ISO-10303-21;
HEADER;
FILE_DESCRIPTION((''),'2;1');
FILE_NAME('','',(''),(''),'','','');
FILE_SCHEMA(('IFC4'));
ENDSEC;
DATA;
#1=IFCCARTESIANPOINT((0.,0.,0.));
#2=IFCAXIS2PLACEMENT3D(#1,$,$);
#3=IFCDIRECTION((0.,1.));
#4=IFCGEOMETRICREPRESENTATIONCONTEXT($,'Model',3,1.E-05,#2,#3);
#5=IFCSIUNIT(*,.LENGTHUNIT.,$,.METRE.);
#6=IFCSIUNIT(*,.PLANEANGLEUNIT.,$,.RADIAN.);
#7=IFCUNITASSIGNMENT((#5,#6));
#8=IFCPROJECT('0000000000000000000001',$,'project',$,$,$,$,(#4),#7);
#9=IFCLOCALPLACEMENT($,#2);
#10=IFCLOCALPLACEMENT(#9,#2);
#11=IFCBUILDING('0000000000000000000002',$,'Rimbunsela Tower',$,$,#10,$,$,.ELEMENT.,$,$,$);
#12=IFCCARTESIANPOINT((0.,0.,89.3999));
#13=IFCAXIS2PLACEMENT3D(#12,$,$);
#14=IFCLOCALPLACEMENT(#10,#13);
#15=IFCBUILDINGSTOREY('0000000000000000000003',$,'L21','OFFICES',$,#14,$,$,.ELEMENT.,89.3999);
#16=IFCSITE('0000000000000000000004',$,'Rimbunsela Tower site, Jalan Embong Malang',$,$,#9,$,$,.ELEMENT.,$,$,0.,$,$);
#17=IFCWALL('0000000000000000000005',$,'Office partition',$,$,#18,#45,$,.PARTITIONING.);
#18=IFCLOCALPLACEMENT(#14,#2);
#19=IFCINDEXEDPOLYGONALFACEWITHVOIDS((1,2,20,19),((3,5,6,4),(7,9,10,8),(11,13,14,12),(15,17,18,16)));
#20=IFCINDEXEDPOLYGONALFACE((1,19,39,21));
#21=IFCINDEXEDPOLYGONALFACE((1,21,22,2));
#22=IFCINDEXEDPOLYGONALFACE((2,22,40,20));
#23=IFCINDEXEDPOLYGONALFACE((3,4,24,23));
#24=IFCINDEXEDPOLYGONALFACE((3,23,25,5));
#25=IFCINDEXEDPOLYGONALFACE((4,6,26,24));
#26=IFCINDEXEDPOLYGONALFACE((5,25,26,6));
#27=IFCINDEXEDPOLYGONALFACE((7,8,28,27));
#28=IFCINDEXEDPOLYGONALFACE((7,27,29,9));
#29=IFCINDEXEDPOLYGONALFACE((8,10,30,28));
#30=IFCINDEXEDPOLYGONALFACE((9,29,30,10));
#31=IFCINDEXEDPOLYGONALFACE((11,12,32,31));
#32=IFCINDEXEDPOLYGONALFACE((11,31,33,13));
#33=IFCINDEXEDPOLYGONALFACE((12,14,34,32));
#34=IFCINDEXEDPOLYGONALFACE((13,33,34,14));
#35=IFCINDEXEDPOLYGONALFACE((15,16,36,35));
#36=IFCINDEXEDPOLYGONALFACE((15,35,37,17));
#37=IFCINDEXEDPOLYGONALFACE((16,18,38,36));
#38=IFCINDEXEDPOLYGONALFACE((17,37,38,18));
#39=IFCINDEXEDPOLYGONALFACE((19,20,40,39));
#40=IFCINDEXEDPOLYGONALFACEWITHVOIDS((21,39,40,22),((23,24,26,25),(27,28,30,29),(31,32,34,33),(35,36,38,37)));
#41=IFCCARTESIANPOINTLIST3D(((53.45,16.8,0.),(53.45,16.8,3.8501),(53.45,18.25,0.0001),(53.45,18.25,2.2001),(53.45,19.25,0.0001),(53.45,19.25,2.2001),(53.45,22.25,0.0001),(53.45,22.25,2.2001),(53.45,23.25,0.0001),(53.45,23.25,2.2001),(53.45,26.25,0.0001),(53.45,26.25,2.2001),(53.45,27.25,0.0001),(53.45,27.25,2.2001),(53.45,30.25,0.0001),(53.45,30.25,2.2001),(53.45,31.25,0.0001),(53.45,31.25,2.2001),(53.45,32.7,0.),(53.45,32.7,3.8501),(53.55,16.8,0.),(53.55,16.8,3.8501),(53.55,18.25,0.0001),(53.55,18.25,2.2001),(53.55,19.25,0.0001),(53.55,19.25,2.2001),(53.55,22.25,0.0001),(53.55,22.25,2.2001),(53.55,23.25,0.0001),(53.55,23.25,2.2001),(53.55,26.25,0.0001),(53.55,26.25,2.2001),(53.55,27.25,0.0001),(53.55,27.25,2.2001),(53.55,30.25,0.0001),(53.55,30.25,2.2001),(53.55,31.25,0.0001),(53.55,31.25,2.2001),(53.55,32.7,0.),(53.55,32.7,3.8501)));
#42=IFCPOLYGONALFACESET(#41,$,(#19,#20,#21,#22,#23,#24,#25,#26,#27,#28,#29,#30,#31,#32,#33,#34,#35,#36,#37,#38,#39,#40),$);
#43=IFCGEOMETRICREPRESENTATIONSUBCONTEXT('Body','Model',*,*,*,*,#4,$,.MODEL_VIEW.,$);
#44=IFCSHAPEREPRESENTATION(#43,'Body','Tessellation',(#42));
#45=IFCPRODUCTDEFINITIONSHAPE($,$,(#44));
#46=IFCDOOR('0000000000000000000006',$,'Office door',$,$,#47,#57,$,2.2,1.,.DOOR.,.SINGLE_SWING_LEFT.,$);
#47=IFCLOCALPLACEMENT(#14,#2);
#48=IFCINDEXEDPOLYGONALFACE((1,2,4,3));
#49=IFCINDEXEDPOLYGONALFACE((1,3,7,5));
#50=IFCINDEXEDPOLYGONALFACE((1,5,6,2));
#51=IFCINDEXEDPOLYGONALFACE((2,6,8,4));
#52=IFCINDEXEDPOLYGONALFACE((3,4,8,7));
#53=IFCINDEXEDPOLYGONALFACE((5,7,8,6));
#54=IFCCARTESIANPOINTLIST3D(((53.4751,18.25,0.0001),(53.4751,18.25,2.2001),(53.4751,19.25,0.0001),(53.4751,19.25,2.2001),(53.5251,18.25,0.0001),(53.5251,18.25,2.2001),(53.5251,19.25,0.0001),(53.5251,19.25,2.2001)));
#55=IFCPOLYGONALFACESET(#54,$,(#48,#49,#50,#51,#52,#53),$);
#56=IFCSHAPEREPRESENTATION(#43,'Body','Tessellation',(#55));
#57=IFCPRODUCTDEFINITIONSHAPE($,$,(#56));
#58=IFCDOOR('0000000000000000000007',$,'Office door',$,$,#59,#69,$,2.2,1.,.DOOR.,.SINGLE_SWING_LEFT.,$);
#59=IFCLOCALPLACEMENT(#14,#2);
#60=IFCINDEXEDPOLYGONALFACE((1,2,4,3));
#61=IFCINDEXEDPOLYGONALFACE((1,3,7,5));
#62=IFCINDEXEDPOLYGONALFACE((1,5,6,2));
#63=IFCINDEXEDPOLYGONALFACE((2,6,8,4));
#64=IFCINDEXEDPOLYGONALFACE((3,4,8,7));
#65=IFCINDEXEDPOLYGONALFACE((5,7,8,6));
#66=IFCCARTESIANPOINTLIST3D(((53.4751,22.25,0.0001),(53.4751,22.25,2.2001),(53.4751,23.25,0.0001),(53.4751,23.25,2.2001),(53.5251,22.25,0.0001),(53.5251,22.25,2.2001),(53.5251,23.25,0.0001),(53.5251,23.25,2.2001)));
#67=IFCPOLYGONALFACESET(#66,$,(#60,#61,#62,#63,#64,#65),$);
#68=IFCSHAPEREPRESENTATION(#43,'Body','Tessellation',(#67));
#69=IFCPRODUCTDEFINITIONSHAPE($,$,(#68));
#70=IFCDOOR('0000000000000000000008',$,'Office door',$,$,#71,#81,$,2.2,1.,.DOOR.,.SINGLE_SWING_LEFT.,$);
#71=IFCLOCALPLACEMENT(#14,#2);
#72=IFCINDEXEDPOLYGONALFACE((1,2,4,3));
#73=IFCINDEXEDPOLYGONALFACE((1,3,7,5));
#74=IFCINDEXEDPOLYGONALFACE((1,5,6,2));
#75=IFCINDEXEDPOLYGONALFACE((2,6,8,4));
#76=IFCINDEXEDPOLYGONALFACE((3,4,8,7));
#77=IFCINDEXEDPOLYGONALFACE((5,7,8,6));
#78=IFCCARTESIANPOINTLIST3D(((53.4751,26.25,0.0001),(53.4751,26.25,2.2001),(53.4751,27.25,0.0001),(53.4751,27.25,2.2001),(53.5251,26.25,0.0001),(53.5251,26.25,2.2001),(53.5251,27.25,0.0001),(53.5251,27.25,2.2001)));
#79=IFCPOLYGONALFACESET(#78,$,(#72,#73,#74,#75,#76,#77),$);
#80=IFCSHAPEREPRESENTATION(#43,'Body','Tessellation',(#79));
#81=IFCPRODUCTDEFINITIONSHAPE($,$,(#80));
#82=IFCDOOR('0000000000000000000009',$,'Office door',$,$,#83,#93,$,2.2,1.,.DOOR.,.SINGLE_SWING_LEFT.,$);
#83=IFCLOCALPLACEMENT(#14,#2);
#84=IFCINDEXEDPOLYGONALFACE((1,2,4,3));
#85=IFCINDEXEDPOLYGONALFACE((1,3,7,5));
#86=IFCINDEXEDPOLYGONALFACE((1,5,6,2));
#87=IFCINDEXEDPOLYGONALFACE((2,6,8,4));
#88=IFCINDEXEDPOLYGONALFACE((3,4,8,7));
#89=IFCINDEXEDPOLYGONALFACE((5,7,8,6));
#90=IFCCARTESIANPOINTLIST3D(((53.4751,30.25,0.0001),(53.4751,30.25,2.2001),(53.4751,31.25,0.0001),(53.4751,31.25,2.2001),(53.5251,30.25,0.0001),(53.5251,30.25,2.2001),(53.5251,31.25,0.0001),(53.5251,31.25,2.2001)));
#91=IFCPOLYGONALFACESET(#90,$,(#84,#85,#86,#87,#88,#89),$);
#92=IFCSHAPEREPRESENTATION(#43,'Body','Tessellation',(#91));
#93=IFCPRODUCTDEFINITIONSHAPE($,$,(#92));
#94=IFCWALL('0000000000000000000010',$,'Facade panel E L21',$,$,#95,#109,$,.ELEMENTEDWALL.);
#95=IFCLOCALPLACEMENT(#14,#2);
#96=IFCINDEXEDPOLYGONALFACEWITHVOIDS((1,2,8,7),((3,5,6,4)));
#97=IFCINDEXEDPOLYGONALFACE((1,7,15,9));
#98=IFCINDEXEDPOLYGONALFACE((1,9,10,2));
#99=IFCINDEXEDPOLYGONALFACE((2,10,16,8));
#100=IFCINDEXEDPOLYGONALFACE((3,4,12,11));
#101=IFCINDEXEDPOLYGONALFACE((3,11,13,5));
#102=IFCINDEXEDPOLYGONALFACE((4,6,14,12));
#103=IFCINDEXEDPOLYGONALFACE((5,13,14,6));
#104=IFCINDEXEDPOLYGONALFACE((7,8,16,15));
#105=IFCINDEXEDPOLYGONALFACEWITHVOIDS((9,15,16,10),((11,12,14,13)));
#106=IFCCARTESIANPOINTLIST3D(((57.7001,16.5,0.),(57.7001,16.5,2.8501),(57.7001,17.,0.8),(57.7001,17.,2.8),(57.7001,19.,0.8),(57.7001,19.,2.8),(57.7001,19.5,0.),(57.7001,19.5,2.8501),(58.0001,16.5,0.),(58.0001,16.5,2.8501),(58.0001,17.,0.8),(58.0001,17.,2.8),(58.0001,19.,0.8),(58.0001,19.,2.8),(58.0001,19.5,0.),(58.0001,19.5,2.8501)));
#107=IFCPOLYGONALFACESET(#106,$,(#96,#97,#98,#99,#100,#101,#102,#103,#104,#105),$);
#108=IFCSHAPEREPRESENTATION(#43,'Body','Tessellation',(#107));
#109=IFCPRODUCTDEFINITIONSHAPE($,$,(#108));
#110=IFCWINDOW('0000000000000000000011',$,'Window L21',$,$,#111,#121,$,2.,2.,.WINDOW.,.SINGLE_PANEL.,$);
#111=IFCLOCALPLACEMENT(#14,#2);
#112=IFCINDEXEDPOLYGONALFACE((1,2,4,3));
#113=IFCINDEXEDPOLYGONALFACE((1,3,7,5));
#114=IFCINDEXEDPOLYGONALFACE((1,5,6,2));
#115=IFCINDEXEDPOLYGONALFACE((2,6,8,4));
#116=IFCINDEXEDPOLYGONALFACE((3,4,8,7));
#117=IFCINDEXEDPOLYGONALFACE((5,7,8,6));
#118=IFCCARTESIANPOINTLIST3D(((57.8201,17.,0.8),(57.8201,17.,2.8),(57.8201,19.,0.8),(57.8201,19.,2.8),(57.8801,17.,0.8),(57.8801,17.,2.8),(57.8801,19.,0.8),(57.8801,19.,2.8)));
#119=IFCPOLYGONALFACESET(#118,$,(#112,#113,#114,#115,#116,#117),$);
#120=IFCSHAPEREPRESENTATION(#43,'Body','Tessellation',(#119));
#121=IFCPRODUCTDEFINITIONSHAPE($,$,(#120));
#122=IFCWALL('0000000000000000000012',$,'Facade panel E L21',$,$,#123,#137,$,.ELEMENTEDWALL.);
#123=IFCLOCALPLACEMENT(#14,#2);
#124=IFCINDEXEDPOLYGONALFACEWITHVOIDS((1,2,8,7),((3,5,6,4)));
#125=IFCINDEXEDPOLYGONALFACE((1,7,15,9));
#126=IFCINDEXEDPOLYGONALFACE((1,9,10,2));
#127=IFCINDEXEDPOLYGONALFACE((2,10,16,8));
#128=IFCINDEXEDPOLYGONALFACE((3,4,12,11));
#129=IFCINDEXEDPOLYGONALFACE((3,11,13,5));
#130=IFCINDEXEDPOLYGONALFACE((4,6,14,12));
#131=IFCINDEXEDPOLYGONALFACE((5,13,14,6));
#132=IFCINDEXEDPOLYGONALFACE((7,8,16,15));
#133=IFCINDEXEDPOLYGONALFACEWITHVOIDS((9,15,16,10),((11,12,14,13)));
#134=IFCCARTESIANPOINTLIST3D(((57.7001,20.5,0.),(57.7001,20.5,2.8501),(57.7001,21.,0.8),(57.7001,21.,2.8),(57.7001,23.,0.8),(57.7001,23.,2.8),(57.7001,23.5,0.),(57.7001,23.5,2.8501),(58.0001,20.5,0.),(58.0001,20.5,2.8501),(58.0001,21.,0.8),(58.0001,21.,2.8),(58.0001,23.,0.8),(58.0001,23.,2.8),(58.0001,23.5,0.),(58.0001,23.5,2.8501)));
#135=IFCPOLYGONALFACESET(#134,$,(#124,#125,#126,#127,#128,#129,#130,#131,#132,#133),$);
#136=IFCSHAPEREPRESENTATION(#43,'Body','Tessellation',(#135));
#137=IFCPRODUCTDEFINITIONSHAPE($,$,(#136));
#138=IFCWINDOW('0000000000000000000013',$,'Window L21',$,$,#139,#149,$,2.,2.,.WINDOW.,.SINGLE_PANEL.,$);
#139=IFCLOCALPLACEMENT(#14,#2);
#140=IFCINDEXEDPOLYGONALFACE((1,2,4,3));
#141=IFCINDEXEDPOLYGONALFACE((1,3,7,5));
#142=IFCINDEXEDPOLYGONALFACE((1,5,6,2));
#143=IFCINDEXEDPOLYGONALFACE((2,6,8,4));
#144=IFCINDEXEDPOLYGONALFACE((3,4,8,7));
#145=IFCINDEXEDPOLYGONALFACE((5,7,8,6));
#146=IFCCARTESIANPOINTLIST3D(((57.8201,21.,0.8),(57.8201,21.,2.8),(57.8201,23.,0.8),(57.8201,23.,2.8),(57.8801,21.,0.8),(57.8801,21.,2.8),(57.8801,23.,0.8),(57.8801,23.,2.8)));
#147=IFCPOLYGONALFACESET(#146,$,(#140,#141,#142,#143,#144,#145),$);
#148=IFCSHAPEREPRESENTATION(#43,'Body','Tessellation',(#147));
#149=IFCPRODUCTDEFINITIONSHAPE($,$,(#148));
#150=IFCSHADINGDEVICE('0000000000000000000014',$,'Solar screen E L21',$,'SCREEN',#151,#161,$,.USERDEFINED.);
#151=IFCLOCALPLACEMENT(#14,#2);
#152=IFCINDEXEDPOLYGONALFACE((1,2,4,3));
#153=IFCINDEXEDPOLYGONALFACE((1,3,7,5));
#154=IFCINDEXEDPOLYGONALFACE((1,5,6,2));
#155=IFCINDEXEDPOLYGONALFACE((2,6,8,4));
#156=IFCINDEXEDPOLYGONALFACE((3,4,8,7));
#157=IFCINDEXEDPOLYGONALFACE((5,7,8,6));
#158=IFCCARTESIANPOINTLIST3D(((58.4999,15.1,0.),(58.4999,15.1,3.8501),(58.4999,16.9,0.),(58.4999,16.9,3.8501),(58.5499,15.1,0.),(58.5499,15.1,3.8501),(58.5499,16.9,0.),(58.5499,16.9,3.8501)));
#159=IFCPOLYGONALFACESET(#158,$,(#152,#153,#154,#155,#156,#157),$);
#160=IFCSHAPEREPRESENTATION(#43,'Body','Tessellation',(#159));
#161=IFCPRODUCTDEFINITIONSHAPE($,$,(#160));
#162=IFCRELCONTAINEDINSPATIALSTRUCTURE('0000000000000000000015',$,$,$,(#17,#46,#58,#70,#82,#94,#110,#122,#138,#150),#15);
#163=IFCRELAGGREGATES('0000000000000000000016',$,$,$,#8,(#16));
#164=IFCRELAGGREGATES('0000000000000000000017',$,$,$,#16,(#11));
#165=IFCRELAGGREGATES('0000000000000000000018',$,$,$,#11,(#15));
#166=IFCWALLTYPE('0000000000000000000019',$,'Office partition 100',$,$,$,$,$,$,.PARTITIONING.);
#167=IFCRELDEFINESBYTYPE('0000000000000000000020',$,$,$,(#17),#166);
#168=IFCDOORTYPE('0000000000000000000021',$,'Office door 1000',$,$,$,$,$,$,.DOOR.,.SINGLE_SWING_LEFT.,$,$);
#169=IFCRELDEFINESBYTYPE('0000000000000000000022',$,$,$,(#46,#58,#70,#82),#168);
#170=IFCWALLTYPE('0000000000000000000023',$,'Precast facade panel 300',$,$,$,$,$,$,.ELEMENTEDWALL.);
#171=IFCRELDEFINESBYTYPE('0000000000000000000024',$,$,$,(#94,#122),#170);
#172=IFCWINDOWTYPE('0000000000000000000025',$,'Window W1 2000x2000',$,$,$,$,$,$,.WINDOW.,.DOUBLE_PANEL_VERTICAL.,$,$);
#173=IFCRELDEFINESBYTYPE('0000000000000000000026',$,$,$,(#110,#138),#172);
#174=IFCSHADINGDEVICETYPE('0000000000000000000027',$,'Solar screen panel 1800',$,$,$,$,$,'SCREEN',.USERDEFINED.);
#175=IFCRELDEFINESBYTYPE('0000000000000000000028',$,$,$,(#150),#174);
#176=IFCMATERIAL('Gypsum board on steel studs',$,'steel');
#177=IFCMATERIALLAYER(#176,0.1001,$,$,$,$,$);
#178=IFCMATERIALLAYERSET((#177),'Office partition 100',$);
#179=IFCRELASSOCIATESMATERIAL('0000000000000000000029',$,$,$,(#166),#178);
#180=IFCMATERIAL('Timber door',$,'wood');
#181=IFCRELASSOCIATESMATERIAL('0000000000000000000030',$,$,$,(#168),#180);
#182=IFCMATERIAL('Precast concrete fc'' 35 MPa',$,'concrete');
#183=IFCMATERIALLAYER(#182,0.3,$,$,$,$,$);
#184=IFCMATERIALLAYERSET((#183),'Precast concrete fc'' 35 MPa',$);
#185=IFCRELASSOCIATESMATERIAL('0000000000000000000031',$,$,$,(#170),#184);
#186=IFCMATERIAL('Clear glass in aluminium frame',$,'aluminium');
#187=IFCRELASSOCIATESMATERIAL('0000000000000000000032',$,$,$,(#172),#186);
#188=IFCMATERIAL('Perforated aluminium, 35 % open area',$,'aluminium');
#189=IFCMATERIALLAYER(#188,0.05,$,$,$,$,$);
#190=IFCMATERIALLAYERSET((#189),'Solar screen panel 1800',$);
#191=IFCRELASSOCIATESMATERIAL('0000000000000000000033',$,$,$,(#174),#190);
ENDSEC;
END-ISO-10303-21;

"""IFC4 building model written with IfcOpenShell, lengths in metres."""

from ifc_helpers import new_model, si_unit, direction, frame, frame_2d, origin, origin_2d, place, context, subcontext, project, spatial, rectangle, extrude, material, layer, layer_set, type_object, element, fill, save


model = new_model("IFC4")

# Units and contexts
model_context = context("Model", 3, precision=1e-05, world=origin(), true_north=direction((0.0, 1.0)))
body_context = subcontext(model_context, "Body", "Model", "MODEL_VIEW")
ifc_project = project(units=[si_unit("LENGTHUNIT", "METRE"), si_unit("PLANEANGLEUNIT", "RADIAN")], contexts=[model_context])

# Site, building, storey
site_placement = place(None, origin())
site = spatial("IfcSite", under=ifc_project, at=site_placement, Name="Rimbunsela Tower site, Jalan Embong Malang", CompositionType="ELEMENT", RefElevation=0.0)
building_placement = place(site_placement, origin())
building = spatial("IfcBuilding", under=site, at=building_placement, Name="Rimbunsela Tower", CompositionType="ELEMENT")
storey_placement = place(building_placement, frame((0.0, 0.0, 89.3999)))
storey = spatial("IfcBuildingStorey", under=building, at=storey_placement, Name="L21", Description="OFFICES", CompositionType="ELEMENT", Elevation=89.3999)

# Shared definitions
ifc_material_1 = material(Name="Gypsum board on steel studs", Category="steel")
ifc_layer_1 = layer(ifc_material_1, 0.1001)
ifc_layer_set_1 = layer_set([ifc_layer_1], Name="Office partition 100")
wall_type_1 = type_object("IfcWallType", Name="Office partition 100", PredefinedType="PARTITIONING", material=ifc_layer_set_1)

# Wall, openings, doors
wall_1_placement = place(storey_placement, frame((53.5, 16.8, 0.0), z_axis=(0.0, 0.0, 1.0), x_axis=(0.0, 1.0, 0.0)))
wall_1 = element("IfcWall", 1, at=wall_1_placement, inside=storey, type_object=wall_type_1, Name="Office partition", PredefinedType="PARTITIONING", context=body_context, shape_type="SweptSolid", body=[
    extrude(rectangle(XDim=15.8999, YDim=0.1001, at=frame_2d((7.95, 0.0))), origin(), (0.0, 0.0, 1.0), 3.8501),
])
opening_1_placement = place(wall_1_placement, frame((1.45, 0.0, 0.0)))
opening_1 = element("IfcOpeningElement", 2, at=opening_1_placement, cuts=wall_1, PredefinedType="OPENING", context=body_context, shape_type="SweptSolid", body=[
    extrude(rectangle(XDim=1.0, YDim=2.2, at=frame_2d((0.5, 1.1001))), frame((0.0, 0.0601, 0.0), z_axis=(0.0, -1.0, 0.0), x_axis=(1.0, 0.0, 0.0)), (0.0, 0.0, 1.0), 0.1201),
])
opening_2_placement = place(wall_1_placement, frame((5.45, 0.0, 0.0)))
opening_2 = element("IfcOpeningElement", 3, at=opening_2_placement, cuts=wall_1, PredefinedType="OPENING", context=body_context, shape_type="SweptSolid", body=[
    extrude(rectangle(XDim=1.0, YDim=2.2, at=frame_2d((0.5, 1.1001))), frame((0.0, 0.0601, 0.0), z_axis=(0.0, -1.0, 0.0), x_axis=(1.0, 0.0, 0.0)), (0.0, 0.0, 1.0), 0.1201),
])
opening_3_placement = place(wall_1_placement, frame((9.45, 0.0, 0.0)))
opening_3 = element("IfcOpeningElement", 4, at=opening_3_placement, cuts=wall_1, PredefinedType="OPENING", context=body_context, shape_type="SweptSolid", body=[
    extrude(rectangle(XDim=1.0, YDim=2.2, at=frame_2d((0.5, 1.1001))), frame((0.0, 0.0601, 0.0), z_axis=(0.0, -1.0, 0.0), x_axis=(1.0, 0.0, 0.0)), (0.0, 0.0, 1.0), 0.1201),
])
opening_4_placement = place(wall_1_placement, frame((13.45, 0.0, 0.0)))
opening_4 = element("IfcOpeningElement", 5, at=opening_4_placement, cuts=wall_1, PredefinedType="OPENING", context=body_context, shape_type="SweptSolid", body=[
    extrude(rectangle(XDim=1.0, YDim=2.2, at=frame_2d((0.5, 1.1001))), frame((0.0, 0.0601, 0.0), z_axis=(0.0, -1.0, 0.0), x_axis=(1.0, 0.0, 0.0)), (0.0, 0.0, 1.0), 0.1201),
])
ifc_material_2 = material(Name="Timber door", Category="wood")
door_type = type_object("IfcDoorType", Name="Office door 1000", OperationType="SINGLE_SWING_LEFT", PredefinedType="DOOR", material=ifc_material_2)
door_1_placement = place(opening_1_placement, origin())
door_1 = element("IfcDoor", 6, at=door_1_placement, inside=storey, type_object=door_type, Name="Office door", OperationType="SINGLE_SWING_LEFT", OverallHeight=2.2, OverallWidth=1.0, PredefinedType="DOOR", context=body_context, shape_type="SweptSolid", body=[
    extrude(rectangle(XDim=1.0, YDim=2.2, at=frame_2d((0.5, 1.1001))), frame((0.0, 0.0249, 0.0), z_axis=(0.0, -1.0, 0.0), x_axis=(1.0, 0.0, 0.0)), (0.0, 0.0, 1.0), 0.05),
])
fill(opening_1, door_1)
door_2_placement = place(opening_2_placement, origin())
door_2 = element("IfcDoor", 7, at=door_2_placement, inside=storey, type_object=door_type, Name="Office door", OperationType="SINGLE_SWING_LEFT", OverallHeight=2.2, OverallWidth=1.0, PredefinedType="DOOR", context=body_context, shape_type="SweptSolid", body=[
    extrude(rectangle(XDim=1.0, YDim=2.2, at=frame_2d((0.5, 1.1001))), frame((0.0, 0.0249, 0.0), z_axis=(0.0, -1.0, 0.0), x_axis=(1.0, 0.0, 0.0)), (0.0, 0.0, 1.0), 0.05),
])
fill(opening_2, door_2)
door_3_placement = place(opening_3_placement, origin())
door_3 = element("IfcDoor", 8, at=door_3_placement, inside=storey, type_object=door_type, Name="Office door", OperationType="SINGLE_SWING_LEFT", OverallHeight=2.2, OverallWidth=1.0, PredefinedType="DOOR", context=body_context, shape_type="SweptSolid", body=[
    extrude(rectangle(XDim=1.0, YDim=2.2, at=frame_2d((0.5, 1.1001))), frame((0.0, 0.0249, 0.0), z_axis=(0.0, -1.0, 0.0), x_axis=(1.0, 0.0, 0.0)), (0.0, 0.0, 1.0), 0.05),
])
fill(opening_3, door_3)
door_4_placement = place(opening_4_placement, origin())
door_4 = element("IfcDoor", 9, at=door_4_placement, inside=storey, type_object=door_type, Name="Office door", OperationType="SINGLE_SWING_LEFT", OverallHeight=2.2, OverallWidth=1.0, PredefinedType="DOOR", context=body_context, shape_type="SweptSolid", body=[
    extrude(rectangle(XDim=1.0, YDim=2.2, at=frame_2d((0.5, 1.1001))), frame((0.0, 0.0249, 0.0), z_axis=(0.0, -1.0, 0.0), x_axis=(1.0, 0.0, 0.0)), (0.0, 0.0, 1.0), 0.05),
])
fill(opening_4, door_4)

# Walls, openings, windows
ifc_material_3 = material(Name="Precast concrete fc' 35 MPa", Category="concrete")
ifc_layer_2 = layer(ifc_material_3, 0.3)
ifc_layer_set_2 = layer_set([ifc_layer_2], Name="Precast concrete fc' 35 MPa")
wall_type_2 = type_object("IfcWallType", Name="Precast facade panel 300", PredefinedType="ELEMENTEDWALL", material=ifc_layer_set_2)
wall_2_placement = place(storey_placement, frame((57.8501, 16.5, 0.0), z_axis=(0.0, 0.0, 1.0), x_axis=(0.0, 1.0, 0.0)))
wall_2 = element("IfcWall", 10, at=wall_2_placement, inside=storey, type_object=wall_type_2, Name="Facade panel E L21", PredefinedType="ELEMENTEDWALL", context=body_context, shape_type="SweptSolid", body=[
    extrude(rectangle(XDim=3.0, YDim=0.3, at=frame_2d((1.5, 0.0))), origin(), (0.0, 0.0, 1.0), 2.8501),
])
opening_5_placement = place(wall_2_placement, frame((0.5, 0.0, 0.8)))
opening_5 = element("IfcOpeningElement", 11, at=opening_5_placement, cuts=wall_2, PredefinedType="OPENING", context=body_context, shape_type="SweptSolid", body=[
    extrude(rectangle(XDim=2.0, YDim=2.0, at=frame_2d((1.0, 1.0))), frame((0.0, 0.1599, 0.0), z_axis=(0.0, -1.0, 0.0), x_axis=(1.0, 0.0, 0.0)), (0.0, 0.0, 1.0), 0.3201),
])
ifc_material_4 = material(Name="Clear glass in aluminium frame", Category="aluminium")
window_type = type_object("IfcWindowType", Name="Window W1 2000x2000", PartitioningType="DOUBLE_PANEL_VERTICAL", PredefinedType="WINDOW", material=ifc_material_4)
window_1_placement = place(opening_5_placement, origin())
window_1 = element("IfcWindow", 12, at=window_1_placement, inside=storey, type_object=window_type, Name="Window L21", OverallHeight=2.0, OverallWidth=2.0, PartitioningType="SINGLE_PANEL", PredefinedType="WINDOW", context=body_context, shape_type="SweptSolid", body=[
    extrude(rectangle(XDim=2.0, YDim=2.0, at=frame_2d((1.0, 1.0))), frame((0.0, 0.03, 0.0), z_axis=(0.0, -1.0, 0.0), x_axis=(1.0, 0.0, 0.0)), (0.0, 0.0, 1.0), 0.0601),
])
fill(opening_5, window_1)
wall_3_placement = place(storey_placement, frame((57.8501, 20.5, 0.0), z_axis=(0.0, 0.0, 1.0), x_axis=(0.0, 1.0, 0.0)))
wall_3 = element("IfcWall", 13, at=wall_3_placement, inside=storey, type_object=wall_type_2, Name="Facade panel E L21", PredefinedType="ELEMENTEDWALL", context=body_context, shape_type="SweptSolid", body=[
    extrude(rectangle(XDim=3.0, YDim=0.3, at=frame_2d((1.5, 0.0))), origin(), (0.0, 0.0, 1.0), 2.8501),
])
opening_6_placement = place(wall_3_placement, frame((0.5, 0.0, 0.8)))
opening_6 = element("IfcOpeningElement", 14, at=opening_6_placement, cuts=wall_3, PredefinedType="OPENING", context=body_context, shape_type="SweptSolid", body=[
    extrude(rectangle(XDim=2.0, YDim=2.0, at=frame_2d((1.0, 1.0))), frame((0.0, 0.1599, 0.0), z_axis=(0.0, -1.0, 0.0), x_axis=(1.0, 0.0, 0.0)), (0.0, 0.0, 1.0), 0.3201),
])
window_2_placement = place(opening_6_placement, origin())
window_2 = element("IfcWindow", 15, at=window_2_placement, inside=storey, type_object=window_type, Name="Window L21", OverallHeight=2.0, OverallWidth=2.0, PartitioningType="SINGLE_PANEL", PredefinedType="WINDOW", context=body_context, shape_type="SweptSolid", body=[
    extrude(rectangle(XDim=2.0, YDim=2.0, at=frame_2d((1.0, 1.0))), frame((0.0, 0.03, 0.0), z_axis=(0.0, -1.0, 0.0), x_axis=(1.0, 0.0, 0.0)), (0.0, 0.0, 1.0), 0.0601),
])
fill(opening_6, window_2)

# Shading device
ifc_material_5 = material(Name="Perforated aluminium, 35 % open area", Category="aluminium")
ifc_layer_3 = layer(ifc_material_5, 0.05)
ifc_layer_set_3 = layer_set([ifc_layer_3], Name="Solar screen panel 1800")
shading_device_type = type_object("IfcShadingDeviceType", Name="Solar screen panel 1800", ElementType="SCREEN", PredefinedType="USERDEFINED", material=ifc_layer_set_3)
for number, where, z_axis, x_axis, name in (
    (16, (58.5249, 16.0, 0.0), (0.0, 0.0, 1.0), (0.0, 1.0, 0.0), "Solar screen E L21"),
):
    element("IfcShadingDevice", number, at=place(storey_placement, frame(where, z_axis=z_axis, x_axis=x_axis)), inside=storey, type_object=shading_device_type, Name=name, ObjectType="SCREEN", PredefinedType="USERDEFINED", context=body_context, shape_type="SweptSolid", body=[
        extrude(rectangle(XDim=1.8, YDim=0.05, at=origin_2d()), origin(), (0.0, 0.0, 1.0), 3.8501),
    ])

save(model, "model.ifc")
